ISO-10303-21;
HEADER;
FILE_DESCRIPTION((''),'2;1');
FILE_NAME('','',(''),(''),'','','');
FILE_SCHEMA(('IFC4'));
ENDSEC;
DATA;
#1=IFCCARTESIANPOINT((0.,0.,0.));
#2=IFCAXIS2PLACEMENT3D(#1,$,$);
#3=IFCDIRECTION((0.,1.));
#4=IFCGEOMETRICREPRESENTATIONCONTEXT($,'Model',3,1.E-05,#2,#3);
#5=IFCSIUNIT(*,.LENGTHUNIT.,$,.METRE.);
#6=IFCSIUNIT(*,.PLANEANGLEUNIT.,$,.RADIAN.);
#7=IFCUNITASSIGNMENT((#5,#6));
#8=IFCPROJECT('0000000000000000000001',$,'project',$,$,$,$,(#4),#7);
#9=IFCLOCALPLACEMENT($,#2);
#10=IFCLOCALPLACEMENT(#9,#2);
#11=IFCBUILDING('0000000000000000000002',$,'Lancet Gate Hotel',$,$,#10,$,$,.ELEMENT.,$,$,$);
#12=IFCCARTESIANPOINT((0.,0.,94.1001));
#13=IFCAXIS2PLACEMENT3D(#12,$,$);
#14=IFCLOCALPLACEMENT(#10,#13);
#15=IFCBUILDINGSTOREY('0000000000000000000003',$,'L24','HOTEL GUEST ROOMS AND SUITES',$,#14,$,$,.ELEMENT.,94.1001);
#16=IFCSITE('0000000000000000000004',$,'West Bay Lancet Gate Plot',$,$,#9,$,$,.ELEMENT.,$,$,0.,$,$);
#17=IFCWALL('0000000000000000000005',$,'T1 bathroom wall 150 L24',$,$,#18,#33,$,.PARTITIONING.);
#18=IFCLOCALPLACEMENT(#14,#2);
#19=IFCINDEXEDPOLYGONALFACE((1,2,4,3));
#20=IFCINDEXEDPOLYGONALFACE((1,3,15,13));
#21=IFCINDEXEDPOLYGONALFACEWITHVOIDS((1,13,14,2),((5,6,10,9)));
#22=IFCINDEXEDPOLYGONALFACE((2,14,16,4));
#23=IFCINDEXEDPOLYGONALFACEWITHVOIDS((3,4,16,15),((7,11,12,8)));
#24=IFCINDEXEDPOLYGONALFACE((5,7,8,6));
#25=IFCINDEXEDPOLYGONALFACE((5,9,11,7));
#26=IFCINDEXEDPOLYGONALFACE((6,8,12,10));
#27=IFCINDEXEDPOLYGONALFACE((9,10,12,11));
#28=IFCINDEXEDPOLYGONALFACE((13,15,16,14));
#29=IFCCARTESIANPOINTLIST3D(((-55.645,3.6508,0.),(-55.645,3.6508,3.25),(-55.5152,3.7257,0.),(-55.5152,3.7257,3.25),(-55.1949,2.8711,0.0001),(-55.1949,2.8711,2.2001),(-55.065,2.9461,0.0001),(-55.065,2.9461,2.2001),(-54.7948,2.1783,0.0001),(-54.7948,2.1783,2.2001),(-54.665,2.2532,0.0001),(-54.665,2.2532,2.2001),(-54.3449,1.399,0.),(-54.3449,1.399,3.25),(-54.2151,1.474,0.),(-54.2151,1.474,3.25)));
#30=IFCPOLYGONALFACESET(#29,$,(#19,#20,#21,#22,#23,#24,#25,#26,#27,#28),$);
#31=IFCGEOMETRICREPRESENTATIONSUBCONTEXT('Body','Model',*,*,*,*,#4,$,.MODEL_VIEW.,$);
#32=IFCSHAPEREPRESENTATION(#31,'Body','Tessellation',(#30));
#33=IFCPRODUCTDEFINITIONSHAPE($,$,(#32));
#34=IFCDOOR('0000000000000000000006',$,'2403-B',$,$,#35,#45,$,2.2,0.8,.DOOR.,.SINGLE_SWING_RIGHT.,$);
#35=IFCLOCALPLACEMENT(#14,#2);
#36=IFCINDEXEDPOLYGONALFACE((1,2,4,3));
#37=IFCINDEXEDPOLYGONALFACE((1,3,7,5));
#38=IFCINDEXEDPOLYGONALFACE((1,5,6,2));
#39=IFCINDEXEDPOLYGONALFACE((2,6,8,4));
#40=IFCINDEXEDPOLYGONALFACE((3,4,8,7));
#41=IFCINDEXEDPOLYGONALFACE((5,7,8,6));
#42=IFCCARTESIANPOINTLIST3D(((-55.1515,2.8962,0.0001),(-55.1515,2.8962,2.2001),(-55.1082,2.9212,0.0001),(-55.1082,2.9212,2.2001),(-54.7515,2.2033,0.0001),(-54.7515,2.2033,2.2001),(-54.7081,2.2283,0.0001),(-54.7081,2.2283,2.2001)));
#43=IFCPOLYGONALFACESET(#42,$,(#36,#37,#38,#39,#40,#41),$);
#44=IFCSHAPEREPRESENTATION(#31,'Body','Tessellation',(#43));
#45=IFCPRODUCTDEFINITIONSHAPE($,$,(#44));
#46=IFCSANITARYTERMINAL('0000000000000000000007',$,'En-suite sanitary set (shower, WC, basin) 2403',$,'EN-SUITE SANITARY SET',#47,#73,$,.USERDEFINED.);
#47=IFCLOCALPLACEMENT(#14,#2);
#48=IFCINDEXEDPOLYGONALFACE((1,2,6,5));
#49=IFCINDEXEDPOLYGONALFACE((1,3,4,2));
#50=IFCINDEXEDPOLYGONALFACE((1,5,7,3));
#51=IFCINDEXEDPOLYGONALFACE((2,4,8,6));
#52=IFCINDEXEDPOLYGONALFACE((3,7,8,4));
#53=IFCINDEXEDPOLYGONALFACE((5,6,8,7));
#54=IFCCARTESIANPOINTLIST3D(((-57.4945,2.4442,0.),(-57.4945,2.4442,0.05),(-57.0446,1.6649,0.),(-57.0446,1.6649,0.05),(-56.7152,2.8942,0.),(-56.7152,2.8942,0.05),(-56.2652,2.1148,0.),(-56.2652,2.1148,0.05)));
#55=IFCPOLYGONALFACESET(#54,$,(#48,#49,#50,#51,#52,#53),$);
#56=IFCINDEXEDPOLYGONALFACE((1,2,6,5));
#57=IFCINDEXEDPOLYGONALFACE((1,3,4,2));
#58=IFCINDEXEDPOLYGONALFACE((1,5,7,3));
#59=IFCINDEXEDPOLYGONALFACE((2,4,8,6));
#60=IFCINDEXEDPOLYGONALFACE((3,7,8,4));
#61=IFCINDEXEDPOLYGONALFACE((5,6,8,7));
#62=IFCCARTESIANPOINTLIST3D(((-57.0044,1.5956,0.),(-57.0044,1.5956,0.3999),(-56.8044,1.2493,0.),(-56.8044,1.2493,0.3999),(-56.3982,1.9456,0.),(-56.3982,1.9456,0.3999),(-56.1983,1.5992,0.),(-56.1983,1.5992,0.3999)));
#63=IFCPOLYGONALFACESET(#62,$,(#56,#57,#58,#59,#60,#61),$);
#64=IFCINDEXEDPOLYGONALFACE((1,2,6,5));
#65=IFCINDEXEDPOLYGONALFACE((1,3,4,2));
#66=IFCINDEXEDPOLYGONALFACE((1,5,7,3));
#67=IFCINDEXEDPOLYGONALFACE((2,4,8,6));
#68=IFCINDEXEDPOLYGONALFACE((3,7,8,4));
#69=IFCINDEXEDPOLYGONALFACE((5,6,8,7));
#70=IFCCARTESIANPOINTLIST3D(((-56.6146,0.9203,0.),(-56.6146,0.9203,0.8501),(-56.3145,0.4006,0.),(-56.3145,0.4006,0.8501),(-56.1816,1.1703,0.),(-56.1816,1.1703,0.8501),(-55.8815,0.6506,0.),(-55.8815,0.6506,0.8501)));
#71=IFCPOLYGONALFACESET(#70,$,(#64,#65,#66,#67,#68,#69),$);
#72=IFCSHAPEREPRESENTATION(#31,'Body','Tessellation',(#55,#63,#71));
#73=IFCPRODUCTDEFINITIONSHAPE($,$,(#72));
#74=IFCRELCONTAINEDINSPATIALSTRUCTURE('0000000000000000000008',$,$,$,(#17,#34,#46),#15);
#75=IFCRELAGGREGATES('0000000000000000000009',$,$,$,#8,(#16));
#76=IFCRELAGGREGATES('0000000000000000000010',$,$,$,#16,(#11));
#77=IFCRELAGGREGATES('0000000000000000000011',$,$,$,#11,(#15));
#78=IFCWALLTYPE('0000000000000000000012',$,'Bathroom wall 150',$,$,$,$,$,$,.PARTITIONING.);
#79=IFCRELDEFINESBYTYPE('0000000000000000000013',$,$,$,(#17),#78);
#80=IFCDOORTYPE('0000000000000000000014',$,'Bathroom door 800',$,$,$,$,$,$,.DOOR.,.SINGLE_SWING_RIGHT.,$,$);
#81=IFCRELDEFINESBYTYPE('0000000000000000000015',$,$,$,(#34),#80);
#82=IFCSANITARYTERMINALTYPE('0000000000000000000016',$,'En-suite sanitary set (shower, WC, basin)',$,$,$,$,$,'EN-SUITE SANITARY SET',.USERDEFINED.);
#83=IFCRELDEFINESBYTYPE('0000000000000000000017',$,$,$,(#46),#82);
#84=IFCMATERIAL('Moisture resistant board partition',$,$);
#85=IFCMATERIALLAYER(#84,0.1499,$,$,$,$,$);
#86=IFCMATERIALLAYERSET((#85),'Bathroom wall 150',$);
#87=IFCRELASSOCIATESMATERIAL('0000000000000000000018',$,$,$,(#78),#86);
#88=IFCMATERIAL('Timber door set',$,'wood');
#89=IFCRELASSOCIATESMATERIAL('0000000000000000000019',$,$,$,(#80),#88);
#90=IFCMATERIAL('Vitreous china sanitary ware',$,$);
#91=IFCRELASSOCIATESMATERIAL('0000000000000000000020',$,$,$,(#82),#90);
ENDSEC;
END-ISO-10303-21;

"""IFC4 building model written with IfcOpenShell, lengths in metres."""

from ifc_helpers import new_model, si_unit, direction, frame, frame_2d, origin, origin_2d, place, context, subcontext, project, spatial, rectangle, extrude, material, layer, layer_set, type_object, element, fill, save


model = new_model("IFC4")

# Units and contexts
model_context = context("Model", 3, precision=1e-05, world=origin(), true_north=direction((0.0, 1.0)))
body_context = subcontext(model_context, "Body", "Model", "MODEL_VIEW")
ifc_project = project(units=[si_unit("LENGTHUNIT", "METRE"), si_unit("PLANEANGLEUNIT", "RADIAN")], contexts=[model_context])

# Site, building, storey
site_placement = place(None, origin())
site = spatial("IfcSite", under=ifc_project, at=site_placement, Name="West Bay Lancet Gate Plot", CompositionType="ELEMENT", RefElevation=0.0)
building_placement = place(site_placement, origin())
building = spatial("IfcBuilding", under=site, at=building_placement, Name="Lancet Gate Hotel", CompositionType="ELEMENT")
storey_placement = place(building_placement, frame((0.0, 0.0, 94.1001)))
storey = spatial("IfcBuildingStorey", under=building, at=storey_placement, Name="L24", Description="HOTEL GUEST ROOMS AND SUITES", CompositionType="ELEMENT", Elevation=94.1001)

# Shared definitions
ifc_material_1 = material(Name="Moisture resistant board partition")
ifc_layer_1 = layer(ifc_material_1, 0.1499)
ifc_layer_set_1 = layer_set([ifc_layer_1], Name="Bathroom wall 150")
wall_type = type_object("IfcWallType", Name="Bathroom wall 150", PredefinedType="PARTITIONING", material=ifc_layer_set_1)

# Wall, opening, door
wall_1_placement = place(storey_placement, frame((-54.28, 1.4365, 0.0), z_axis=(0.0, 0.0, 1.0), x_axis=(-0.500007, 0.866021, 0.0)))
wall_1 = element("IfcWall", 1, at=wall_1_placement, inside=storey, type_object=wall_type, Name="T1 bathroom wall 150 L24", PredefinedType="PARTITIONING", context=body_context, shape_type="SweptSolid", body=[
    extrude(rectangle(XDim=2.6001, YDim=0.1499, at=frame_2d((1.3, 0.0))), origin(), (0.0, 0.0, 1.0), 3.25),
])
opening_placement = place(wall_1_placement, frame((0.8999, 0.0, 0.0)))
opening = element("IfcOpeningElement", 2, at=opening_placement, cuts=wall_1, PredefinedType="OPENING", context=body_context, shape_type="SweptSolid", body=[
    extrude(rectangle(XDim=0.8, YDim=2.2, at=frame_2d((0.3999, 1.1001))), frame((0.0, 0.085, 0.0), z_axis=(0.0, -1.0, 0.0), x_axis=(1.0, 0.0, 0.0)), (0.0, 0.0, 1.0), 0.1699),
])
ifc_material_2 = material(Name="Timber door set", Category="wood")
door_type = type_object("IfcDoorType", Name="Bathroom door 800", OperationType="SINGLE_SWING_RIGHT", PredefinedType="DOOR", material=ifc_material_2)
door_placement = place(opening_placement, origin())
door = element("IfcDoor", 3, at=door_placement, inside=storey, type_object=door_type, Name="2403-B", OperationType="SINGLE_SWING_RIGHT", OverallHeight=2.2, OverallWidth=0.8, PredefinedType="DOOR", context=body_context, shape_type="SweptSolid", body=[
    extrude(rectangle(XDim=0.8, YDim=2.2, at=frame_2d((0.3999, 1.1001))), frame((0.0, 0.0249, 0.0), z_axis=(0.0, -1.0, 0.0), x_axis=(1.0, 0.0, 0.0)), (0.0, 0.0, 1.0), 0.05),
])
fill(opening, door)

# Sanitary terminal
ifc_material_3 = material(Name="Vitreous china sanitary ware")
sanitary_terminal_type = type_object("IfcSanitaryTerminalType", Name="En-suite sanitary set (shower, WC, basin)", ElementType="EN-SUITE SANITARY SET", PredefinedType="USERDEFINED", material=ifc_material_3)
sanitary_terminal_placement = place(storey_placement, frame((-56.8799, 2.2795, 0.0), z_axis=(0.0, 0.0, 1.0), x_axis=(1.0, 0.0, 0.0)))
element("IfcSanitaryTerminal", 4, at=sanitary_terminal_placement, inside=storey, type_object=sanitary_terminal_type, Name="En-suite sanitary set (shower, WC, basin) 2403", ObjectType="EN-SUITE SANITARY SET", PredefinedType="USERDEFINED", context=body_context, shape_type="SweptSolid", body=[
    extrude(rectangle(XDim=0.8999, YDim=0.8999, at=origin_2d()), frame((0.0, 0.0, 0.0), z_axis=(0.0, 0.0, 1.0), x_axis=(-0.5, 0.866025, 0.0)), (0.0, 0.0, 1.0), 0.05),
    extrude(rectangle(XDim=0.3999, YDim=0.7, at=origin_2d()), frame((0.2786, -0.6821, 0.0), z_axis=(0.0, 0.0, 1.0), x_axis=(-0.5, 0.866025, 0.0)), (0.0, 0.0, 1.0), 0.3999),
    extrude(rectangle(XDim=0.6001, YDim=0.5, at=origin_2d()), frame((0.6318, -1.4941, 0.0), z_axis=(0.0, 0.0, 1.0), x_axis=(-0.5, 0.866025, 0.0)), (0.0, 0.0, 1.0), 0.8501),
])

save(model, "model.ifc")
